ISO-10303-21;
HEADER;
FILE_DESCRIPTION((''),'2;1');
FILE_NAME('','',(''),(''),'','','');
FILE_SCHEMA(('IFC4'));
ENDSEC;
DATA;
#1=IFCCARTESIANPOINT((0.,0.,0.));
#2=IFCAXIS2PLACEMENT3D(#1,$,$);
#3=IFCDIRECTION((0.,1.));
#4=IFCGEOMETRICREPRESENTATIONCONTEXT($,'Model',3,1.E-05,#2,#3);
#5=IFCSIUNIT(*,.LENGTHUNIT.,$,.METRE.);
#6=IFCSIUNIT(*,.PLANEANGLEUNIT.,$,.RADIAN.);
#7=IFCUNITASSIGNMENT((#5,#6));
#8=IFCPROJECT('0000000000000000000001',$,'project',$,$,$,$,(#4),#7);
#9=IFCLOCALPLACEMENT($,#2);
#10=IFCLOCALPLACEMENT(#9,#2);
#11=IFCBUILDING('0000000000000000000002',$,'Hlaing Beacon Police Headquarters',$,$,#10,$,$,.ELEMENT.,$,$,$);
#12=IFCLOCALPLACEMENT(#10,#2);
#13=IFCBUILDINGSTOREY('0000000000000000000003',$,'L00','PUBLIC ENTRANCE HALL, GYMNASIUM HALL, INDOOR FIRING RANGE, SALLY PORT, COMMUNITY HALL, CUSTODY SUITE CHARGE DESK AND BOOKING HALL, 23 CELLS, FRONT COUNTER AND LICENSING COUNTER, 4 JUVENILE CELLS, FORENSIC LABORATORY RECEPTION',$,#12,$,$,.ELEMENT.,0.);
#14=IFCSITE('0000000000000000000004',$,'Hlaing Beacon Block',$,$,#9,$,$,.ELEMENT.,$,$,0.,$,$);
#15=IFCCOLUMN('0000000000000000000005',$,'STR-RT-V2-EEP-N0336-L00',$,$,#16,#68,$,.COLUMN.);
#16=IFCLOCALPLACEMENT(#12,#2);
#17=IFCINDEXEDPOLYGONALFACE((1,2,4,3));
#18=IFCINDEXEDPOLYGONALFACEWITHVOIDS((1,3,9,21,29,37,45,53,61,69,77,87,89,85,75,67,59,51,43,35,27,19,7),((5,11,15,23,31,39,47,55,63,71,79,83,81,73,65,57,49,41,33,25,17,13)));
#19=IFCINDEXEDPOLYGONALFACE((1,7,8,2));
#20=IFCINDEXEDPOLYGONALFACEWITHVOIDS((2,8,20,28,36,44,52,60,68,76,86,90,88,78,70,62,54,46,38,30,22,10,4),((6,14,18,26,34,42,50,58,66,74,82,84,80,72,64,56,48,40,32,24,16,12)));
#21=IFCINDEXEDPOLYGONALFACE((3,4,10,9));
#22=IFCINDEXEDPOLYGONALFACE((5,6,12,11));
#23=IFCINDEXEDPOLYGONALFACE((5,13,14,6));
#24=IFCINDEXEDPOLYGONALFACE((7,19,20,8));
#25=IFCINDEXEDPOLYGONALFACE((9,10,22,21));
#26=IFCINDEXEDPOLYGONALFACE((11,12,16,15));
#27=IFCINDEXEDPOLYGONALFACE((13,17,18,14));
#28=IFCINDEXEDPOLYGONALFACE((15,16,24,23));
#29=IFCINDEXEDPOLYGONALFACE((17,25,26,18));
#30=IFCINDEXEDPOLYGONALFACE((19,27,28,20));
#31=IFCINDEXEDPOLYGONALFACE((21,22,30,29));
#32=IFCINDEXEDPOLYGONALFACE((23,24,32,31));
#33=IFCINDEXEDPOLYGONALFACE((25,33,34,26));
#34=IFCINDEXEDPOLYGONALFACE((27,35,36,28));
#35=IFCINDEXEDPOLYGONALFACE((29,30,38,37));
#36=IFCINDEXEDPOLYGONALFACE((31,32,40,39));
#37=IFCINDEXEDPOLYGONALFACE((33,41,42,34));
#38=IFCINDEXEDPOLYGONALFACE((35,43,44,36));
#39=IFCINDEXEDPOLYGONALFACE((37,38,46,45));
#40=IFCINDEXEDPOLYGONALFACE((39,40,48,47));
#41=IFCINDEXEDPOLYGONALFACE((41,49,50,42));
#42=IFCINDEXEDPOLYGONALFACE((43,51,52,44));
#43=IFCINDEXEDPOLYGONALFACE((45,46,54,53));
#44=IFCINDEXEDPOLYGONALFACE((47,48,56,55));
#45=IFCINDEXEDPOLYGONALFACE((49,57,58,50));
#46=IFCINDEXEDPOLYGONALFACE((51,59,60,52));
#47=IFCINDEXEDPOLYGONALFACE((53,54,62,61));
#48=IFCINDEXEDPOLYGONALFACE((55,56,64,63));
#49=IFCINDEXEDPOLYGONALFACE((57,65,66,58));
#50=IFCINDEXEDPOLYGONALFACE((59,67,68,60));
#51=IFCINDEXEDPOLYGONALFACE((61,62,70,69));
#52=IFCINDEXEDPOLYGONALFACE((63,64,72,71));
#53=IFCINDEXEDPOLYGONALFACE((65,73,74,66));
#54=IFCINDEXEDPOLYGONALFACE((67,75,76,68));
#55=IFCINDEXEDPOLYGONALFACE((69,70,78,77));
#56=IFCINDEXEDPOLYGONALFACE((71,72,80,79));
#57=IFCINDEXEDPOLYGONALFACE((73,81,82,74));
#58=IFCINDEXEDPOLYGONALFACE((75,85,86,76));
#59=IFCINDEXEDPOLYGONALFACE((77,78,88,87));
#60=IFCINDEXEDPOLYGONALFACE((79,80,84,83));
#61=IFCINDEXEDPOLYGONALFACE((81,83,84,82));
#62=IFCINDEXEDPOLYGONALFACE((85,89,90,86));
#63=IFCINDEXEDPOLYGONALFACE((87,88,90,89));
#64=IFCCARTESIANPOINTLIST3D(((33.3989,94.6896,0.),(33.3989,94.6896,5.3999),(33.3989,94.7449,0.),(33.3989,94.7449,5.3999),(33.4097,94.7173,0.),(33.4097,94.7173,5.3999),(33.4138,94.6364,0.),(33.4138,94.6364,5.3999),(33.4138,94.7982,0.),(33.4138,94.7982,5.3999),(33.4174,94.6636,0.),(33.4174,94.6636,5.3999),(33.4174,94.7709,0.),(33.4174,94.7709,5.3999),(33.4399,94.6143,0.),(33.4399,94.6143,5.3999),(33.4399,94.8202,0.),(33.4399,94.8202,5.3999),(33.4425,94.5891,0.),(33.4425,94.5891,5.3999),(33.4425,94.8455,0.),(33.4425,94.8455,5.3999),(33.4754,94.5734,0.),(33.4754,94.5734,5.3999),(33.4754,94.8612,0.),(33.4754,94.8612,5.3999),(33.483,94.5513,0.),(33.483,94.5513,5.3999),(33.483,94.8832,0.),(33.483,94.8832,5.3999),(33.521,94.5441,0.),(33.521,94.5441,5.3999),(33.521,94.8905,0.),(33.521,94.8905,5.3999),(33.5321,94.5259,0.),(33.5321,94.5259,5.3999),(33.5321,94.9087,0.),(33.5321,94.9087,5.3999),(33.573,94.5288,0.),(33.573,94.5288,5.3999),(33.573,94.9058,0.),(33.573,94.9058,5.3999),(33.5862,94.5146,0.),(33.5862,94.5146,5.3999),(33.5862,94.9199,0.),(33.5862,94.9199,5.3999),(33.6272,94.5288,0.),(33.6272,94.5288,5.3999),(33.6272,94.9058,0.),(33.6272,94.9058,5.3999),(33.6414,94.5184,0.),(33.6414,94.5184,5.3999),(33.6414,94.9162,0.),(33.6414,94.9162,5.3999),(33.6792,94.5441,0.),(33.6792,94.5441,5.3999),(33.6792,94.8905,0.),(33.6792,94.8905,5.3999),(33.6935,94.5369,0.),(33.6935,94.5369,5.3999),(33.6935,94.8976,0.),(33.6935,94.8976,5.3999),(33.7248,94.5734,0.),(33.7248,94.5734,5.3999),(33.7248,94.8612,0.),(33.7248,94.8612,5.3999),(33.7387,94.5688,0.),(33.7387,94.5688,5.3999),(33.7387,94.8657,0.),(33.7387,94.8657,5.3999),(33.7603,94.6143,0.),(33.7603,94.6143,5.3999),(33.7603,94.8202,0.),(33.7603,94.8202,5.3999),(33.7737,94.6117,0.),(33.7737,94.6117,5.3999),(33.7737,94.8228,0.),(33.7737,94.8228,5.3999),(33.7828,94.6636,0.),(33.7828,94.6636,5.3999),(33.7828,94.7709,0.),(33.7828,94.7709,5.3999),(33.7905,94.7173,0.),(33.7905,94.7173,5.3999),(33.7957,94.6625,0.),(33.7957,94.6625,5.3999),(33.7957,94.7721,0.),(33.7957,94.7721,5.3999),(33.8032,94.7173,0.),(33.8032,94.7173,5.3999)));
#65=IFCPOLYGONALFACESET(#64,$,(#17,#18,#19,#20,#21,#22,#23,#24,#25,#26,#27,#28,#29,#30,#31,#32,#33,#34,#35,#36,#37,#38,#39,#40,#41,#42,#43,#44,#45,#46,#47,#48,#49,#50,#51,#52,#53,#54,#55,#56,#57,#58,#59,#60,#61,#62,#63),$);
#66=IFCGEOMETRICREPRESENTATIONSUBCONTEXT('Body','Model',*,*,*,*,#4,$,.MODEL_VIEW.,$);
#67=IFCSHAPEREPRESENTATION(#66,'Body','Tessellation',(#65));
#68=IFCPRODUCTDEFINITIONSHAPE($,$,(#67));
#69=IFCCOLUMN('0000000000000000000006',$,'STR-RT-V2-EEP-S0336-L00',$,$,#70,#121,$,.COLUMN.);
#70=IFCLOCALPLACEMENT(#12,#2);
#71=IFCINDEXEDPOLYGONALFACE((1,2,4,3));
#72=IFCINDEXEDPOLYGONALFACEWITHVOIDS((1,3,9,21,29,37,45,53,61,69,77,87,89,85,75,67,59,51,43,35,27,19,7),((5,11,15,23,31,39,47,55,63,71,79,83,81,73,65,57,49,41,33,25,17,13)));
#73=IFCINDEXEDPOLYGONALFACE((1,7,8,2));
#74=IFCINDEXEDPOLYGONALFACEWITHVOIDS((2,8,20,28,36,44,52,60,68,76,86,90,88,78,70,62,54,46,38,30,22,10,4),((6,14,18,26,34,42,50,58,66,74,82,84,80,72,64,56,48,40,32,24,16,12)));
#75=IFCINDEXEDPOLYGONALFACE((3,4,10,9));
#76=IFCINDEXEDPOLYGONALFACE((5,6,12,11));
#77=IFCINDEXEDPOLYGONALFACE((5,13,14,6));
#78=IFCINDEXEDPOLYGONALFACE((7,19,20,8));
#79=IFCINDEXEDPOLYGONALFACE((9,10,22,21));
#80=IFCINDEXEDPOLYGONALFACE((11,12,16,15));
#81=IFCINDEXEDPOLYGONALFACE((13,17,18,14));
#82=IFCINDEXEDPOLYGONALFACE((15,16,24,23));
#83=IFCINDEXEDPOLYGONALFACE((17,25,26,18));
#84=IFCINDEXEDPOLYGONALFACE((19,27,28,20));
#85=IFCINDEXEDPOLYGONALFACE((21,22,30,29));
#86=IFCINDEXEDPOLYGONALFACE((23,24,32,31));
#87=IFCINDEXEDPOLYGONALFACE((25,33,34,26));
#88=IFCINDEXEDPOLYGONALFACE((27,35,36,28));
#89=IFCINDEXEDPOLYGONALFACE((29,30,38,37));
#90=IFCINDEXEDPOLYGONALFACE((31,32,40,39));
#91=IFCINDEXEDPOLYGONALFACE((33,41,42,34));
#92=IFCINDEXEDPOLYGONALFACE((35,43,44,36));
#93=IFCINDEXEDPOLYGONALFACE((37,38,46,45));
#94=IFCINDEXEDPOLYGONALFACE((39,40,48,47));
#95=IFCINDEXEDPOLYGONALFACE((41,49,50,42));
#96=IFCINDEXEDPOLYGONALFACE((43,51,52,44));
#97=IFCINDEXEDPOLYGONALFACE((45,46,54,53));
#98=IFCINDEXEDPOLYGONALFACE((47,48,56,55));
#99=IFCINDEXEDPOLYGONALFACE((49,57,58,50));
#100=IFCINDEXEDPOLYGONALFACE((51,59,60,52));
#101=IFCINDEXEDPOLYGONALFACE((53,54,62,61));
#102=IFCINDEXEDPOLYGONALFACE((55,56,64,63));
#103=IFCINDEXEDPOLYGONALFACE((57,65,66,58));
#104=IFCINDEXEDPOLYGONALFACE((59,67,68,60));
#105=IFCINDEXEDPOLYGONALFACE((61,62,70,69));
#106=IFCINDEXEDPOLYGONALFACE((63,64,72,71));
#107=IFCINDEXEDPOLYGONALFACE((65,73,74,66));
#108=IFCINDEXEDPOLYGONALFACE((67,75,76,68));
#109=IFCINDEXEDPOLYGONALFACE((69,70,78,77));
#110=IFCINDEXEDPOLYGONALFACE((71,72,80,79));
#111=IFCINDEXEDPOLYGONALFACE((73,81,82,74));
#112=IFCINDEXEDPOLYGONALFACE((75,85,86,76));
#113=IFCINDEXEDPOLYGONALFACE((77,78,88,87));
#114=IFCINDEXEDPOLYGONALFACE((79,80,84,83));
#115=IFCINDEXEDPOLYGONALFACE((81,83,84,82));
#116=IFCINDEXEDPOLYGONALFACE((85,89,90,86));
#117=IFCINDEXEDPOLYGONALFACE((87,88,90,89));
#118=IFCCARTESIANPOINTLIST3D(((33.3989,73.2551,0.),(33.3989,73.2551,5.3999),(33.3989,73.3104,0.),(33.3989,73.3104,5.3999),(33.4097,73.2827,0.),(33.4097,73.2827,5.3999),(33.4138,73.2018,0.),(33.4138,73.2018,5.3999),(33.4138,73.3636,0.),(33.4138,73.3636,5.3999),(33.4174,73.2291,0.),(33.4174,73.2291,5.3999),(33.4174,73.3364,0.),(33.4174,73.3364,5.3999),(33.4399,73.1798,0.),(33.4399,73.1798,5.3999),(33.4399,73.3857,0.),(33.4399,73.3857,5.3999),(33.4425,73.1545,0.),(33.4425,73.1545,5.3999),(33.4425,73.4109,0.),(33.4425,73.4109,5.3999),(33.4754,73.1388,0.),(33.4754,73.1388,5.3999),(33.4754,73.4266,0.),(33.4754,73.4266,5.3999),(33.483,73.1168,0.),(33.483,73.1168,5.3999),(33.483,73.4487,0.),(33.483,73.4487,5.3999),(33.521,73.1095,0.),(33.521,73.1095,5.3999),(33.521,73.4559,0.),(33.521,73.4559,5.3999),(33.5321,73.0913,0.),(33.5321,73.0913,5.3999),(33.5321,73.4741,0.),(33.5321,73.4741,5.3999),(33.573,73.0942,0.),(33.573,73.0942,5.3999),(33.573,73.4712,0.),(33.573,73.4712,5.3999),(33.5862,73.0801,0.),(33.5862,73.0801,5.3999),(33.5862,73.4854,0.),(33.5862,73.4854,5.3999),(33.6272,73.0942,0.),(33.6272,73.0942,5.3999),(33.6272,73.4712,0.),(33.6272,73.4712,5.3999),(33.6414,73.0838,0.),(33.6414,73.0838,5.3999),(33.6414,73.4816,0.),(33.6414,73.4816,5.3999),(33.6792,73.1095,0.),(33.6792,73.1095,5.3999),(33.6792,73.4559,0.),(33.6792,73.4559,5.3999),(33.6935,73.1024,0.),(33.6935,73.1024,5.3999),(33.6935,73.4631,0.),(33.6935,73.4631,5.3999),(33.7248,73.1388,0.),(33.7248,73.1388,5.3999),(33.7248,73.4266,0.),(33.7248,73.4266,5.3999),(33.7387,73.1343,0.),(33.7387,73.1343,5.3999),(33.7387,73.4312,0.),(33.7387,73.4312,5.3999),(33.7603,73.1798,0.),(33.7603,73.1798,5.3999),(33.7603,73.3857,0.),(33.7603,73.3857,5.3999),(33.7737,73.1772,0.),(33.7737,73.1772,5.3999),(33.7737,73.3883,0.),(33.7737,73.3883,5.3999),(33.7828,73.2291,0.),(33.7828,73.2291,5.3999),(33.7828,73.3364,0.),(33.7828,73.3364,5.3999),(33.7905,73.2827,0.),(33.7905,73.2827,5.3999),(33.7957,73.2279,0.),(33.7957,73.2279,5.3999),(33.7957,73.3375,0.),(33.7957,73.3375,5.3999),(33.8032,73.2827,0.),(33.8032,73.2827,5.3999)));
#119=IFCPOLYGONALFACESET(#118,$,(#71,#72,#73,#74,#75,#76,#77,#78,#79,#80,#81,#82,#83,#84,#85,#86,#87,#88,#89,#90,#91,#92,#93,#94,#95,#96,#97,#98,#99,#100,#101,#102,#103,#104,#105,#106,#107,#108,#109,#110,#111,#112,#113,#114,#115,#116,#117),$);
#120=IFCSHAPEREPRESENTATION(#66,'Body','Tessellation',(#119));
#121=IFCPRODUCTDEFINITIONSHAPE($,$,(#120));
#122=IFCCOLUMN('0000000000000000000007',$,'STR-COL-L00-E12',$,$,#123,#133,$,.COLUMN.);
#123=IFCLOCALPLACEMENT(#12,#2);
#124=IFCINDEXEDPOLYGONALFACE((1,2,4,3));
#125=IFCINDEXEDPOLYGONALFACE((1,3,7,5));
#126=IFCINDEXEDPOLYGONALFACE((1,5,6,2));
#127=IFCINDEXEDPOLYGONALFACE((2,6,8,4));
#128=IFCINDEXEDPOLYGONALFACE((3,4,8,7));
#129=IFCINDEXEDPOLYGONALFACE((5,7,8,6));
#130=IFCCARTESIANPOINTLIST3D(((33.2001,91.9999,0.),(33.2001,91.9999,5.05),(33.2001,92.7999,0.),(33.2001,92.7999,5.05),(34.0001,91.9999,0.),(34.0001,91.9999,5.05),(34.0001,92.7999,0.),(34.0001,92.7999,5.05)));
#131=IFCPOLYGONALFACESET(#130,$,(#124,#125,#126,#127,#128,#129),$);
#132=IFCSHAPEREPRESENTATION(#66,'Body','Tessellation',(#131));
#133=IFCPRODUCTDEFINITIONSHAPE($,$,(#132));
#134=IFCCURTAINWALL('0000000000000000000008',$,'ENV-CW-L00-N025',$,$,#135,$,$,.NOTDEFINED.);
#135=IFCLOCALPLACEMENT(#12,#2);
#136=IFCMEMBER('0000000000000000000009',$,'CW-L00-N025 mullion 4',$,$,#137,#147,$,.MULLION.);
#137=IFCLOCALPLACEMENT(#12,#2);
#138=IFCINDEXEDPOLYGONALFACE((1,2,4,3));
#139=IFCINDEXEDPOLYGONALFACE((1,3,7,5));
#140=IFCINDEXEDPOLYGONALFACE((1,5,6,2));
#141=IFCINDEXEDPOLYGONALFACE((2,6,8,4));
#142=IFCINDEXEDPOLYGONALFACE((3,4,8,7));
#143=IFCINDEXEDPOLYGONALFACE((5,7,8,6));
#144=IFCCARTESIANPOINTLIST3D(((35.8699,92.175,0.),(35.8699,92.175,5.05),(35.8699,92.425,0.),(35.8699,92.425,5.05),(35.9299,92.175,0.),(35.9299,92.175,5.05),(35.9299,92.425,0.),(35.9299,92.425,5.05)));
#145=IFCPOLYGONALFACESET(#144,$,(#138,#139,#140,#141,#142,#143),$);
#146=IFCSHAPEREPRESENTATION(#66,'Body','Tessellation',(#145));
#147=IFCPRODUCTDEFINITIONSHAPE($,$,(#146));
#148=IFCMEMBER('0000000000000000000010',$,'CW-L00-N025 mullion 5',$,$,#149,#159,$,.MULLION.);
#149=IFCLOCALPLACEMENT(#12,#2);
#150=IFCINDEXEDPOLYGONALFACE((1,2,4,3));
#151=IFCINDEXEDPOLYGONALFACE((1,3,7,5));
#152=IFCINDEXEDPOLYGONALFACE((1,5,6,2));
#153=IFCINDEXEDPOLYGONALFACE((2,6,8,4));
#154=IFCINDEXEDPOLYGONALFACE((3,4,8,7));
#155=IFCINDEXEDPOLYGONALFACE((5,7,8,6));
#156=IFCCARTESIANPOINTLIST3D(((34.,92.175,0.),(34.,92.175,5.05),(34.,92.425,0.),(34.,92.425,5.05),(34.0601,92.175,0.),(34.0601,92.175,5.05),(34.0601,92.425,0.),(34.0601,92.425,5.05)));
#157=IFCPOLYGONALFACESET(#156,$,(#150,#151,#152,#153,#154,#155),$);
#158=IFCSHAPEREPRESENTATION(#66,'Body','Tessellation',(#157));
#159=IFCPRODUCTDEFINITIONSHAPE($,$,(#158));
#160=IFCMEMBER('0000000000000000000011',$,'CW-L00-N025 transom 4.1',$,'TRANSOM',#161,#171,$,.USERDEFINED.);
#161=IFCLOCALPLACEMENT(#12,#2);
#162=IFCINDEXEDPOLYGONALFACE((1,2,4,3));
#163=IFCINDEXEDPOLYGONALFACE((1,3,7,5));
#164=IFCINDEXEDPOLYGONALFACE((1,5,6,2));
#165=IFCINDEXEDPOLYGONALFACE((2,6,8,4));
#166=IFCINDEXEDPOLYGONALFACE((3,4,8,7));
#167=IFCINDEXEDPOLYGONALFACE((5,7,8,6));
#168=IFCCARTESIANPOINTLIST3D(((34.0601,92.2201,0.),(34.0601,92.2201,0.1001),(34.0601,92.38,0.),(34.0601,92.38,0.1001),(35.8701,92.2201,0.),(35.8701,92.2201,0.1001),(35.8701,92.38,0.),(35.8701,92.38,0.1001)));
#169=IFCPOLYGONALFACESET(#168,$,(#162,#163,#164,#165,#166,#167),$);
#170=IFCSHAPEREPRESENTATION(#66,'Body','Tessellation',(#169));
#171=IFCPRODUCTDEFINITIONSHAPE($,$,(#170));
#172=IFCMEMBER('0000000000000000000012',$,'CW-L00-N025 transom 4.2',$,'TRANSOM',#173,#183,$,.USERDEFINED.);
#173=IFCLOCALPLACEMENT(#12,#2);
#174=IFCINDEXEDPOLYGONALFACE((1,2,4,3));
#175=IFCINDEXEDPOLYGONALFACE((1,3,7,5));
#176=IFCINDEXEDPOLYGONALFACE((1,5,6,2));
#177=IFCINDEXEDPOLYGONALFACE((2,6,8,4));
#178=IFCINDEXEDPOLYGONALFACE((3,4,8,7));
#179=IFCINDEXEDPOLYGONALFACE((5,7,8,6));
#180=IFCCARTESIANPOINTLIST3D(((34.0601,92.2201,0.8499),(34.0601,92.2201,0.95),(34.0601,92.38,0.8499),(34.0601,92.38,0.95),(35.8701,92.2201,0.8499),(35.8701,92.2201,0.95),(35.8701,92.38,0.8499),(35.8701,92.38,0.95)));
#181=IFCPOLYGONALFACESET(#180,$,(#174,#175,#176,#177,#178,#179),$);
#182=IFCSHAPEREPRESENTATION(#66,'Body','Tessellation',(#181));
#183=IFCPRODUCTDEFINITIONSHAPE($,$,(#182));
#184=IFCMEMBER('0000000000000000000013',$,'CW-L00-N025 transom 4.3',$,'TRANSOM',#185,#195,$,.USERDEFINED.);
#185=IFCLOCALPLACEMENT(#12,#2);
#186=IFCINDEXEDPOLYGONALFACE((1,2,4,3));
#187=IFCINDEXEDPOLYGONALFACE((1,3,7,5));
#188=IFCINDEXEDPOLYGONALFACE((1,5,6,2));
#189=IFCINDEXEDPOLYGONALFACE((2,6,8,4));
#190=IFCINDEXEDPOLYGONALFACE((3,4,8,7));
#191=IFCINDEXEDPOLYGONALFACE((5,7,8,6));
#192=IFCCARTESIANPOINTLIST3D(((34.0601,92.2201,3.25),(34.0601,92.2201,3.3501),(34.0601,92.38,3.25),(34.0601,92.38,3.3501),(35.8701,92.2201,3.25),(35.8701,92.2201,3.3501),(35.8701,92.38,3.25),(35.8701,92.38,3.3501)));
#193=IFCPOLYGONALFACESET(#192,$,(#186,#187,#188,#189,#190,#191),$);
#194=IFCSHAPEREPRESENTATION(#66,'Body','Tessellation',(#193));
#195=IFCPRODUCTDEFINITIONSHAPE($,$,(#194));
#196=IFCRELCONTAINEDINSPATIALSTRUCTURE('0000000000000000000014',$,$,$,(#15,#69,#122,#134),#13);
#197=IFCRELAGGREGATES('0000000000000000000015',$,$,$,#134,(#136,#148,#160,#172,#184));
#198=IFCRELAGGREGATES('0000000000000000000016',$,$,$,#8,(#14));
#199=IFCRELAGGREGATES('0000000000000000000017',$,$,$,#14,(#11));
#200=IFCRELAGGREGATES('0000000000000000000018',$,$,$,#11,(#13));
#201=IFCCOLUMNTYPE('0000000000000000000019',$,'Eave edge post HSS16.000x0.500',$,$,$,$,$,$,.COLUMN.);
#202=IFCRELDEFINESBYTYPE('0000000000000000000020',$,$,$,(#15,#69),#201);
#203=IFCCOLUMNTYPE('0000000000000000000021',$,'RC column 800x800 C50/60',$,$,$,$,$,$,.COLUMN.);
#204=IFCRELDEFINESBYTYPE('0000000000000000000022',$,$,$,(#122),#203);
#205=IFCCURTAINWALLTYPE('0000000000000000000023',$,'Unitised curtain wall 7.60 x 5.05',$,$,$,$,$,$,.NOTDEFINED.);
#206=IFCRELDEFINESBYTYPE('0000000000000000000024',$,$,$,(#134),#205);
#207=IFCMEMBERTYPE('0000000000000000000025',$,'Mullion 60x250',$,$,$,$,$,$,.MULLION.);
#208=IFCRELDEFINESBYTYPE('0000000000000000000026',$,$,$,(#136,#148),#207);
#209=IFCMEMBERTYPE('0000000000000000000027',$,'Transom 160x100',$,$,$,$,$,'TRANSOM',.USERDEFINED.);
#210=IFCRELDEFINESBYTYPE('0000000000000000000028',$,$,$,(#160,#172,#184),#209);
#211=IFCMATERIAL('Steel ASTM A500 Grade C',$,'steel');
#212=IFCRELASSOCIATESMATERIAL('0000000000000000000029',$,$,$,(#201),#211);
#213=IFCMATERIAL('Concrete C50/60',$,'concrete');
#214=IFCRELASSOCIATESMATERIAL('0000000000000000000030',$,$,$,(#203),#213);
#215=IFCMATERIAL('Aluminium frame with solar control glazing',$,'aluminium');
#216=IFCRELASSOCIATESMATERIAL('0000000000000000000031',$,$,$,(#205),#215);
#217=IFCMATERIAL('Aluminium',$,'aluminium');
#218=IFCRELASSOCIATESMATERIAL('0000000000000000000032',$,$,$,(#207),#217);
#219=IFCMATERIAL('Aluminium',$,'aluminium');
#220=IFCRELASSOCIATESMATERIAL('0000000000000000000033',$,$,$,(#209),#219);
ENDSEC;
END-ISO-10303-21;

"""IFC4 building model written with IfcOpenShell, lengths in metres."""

from ifc_helpers import new_model, si_unit, direction, frame, origin, origin_2d, place, context, subcontext, project, spatial, rectangle, hollow_circle, extrude, material, material_profile, profile_set, type_object, element, aggregate, save


model = new_model("IFC4")

# Units and contexts
model_context = context("Model", 3, precision=1e-05, world=origin(), true_north=direction((0.0, 1.0)))
body_context = subcontext(model_context, "Body", "Model", "MODEL_VIEW")
ifc_project = project(units=[si_unit("LENGTHUNIT", "METRE"), si_unit("PLANEANGLEUNIT", "RADIAN")], contexts=[model_context])

# Site, building, storey
site_placement = place(None, origin())
site = spatial("IfcSite", under=ifc_project, at=site_placement, Name="Hlaing Beacon Block", CompositionType="ELEMENT", RefElevation=0.0)
building_placement = place(site_placement, origin())
building = spatial("IfcBuilding", under=site, at=building_placement, Name="Hlaing Beacon Police Headquarters", CompositionType="ELEMENT")
storey_placement = place(building_placement, origin())
storey = spatial("IfcBuildingStorey", under=building, at=storey_placement, Name="L00", Description="PUBLIC ENTRANCE HALL, GYMNASIUM HALL, INDOOR FIRING RANGE, SALLY PORT, COMMUNITY HALL, CUSTODY SUITE CHARGE DESK AND BOOKING HALL, 23 CELLS, FRONT COUNTER AND LICENSING COUNTER, 4 JUVENILE CELLS, FORENSIC LABORATORY RECEPTION", CompositionType="ELEMENT", Elevation=0.0)

# Columns
ifc_material_1 = material(Name="Steel ASTM A500 Grade C", Category="steel")
ifc_material_profile_1 = material_profile(ifc_material_1, hollow_circle(Radius=0.2031, WallThickness=0.0127, at=origin_2d()), Name="HSS16.000x0.500")
ifc_profile_set_1 = profile_set([ifc_material_profile_1], Name="Steel ASTM A500 Grade C")
column_type_1 = type_object("IfcColumnType", Name="Eave edge post HSS16.000x0.500", PredefinedType="COLUMN", material=ifc_profile_set_1)
for number, where, z_axis, x_axis, name in (
    (1, (33.6001, 94.7173, 0.0), (0.0, 0.0, 1.0), (1.0, 0.0, 0.0), "STR-RT-V2-EEP-N0336-L00"),
    (2, (33.6001, 73.2827, 0.0), (0.0, 0.0, 1.0), (1.0, 0.0, 0.0), "STR-RT-V2-EEP-S0336-L00"),
):
    element("IfcColumn", number, at=place(storey_placement, frame(where, z_axis=z_axis, x_axis=x_axis)), inside=storey, type_object=column_type_1, Name=name, PredefinedType="COLUMN", context=body_context, shape_type="SweptSolid", body=[
        extrude(hollow_circle(Radius=0.2031, WallThickness=0.0127, at=origin_2d()), origin(), (0.0, 0.0, 1.0), 5.3999),
    ])
ifc_material_2 = material(Name="Concrete C50/60", Category="concrete")
ifc_material_profile_2 = material_profile(ifc_material_2, rectangle(XDim=0.8, YDim=0.8, at=origin_2d()), Name="800x800")
ifc_profile_set_2 = profile_set([ifc_material_profile_2], Name="Concrete C50/60")
column_type_2 = type_object("IfcColumnType", Name="RC column 800x800 C50/60", PredefinedType="COLUMN", material=ifc_profile_set_2)
column_placement = place(storey_placement, frame((33.6001, 92.3999, 0.0), z_axis=(0.0, 0.0, 1.0), x_axis=(1.0, 0.0, 0.0)))
element("IfcColumn", 3, at=column_placement, inside=storey, type_object=column_type_2, Name="STR-COL-L00-E12", PredefinedType="COLUMN", context=body_context, shape_type="SweptSolid", body=[
    extrude(rectangle(XDim=0.8, YDim=0.8, at=origin_2d()), origin(), (0.0, 0.0, 1.0), 5.05),
])

# Curtain wall, members
ifc_material_3 = material(Name="Aluminium frame with solar control glazing", Category="aluminium")
curtain_wall_type = type_object("IfcCurtainWallType", Name="Unitised curtain wall 7.60 x 5.05", PredefinedType="NOTDEFINED", material=ifc_material_3)
curtain_wall_placement = place(storey_placement, origin())
curtain_wall = element("IfcCurtainWall", 4, at=curtain_wall_placement, inside=storey, type_object=curtain_wall_type, Name="ENV-CW-L00-N025", PredefinedType="NOTDEFINED")
ifc_material_4 = material(Name="Aluminium", Category="aluminium")
ifc_material_profile_3 = material_profile(ifc_material_4, rectangle(XDim=0.25, YDim=0.0601, at=origin_2d()), Name="Mullion 60x250")
ifc_profile_set_3 = profile_set([ifc_material_profile_3], Name="Aluminium")
member_type_1 = type_object("IfcMemberType", Name="Mullion 60x250", PredefinedType="MULLION", material=ifc_profile_set_3)
member_1_placement = place(storey_placement, frame((35.8999, 92.3, 0.0), z_axis=(0.0, 0.0, 1.0), x_axis=(0.0, -1.0, 0.0)))
member_1 = element("IfcMember", 5, at=member_1_placement, type_object=member_type_1, Name="CW-L00-N025 mullion 4", PredefinedType="MULLION", context=body_context, shape_type="SweptSolid", body=[
    extrude(rectangle(XDim=0.25, YDim=0.0601, at=origin_2d()), origin(), (0.0, 0.0, 1.0), 5.05),
])
member_2_placement = place(storey_placement, frame((34.03, 92.3, 0.0), z_axis=(0.0, 0.0, 1.0), x_axis=(0.0, -1.0, 0.0)))
member_2 = element("IfcMember", 6, at=member_2_placement, type_object=member_type_1, Name="CW-L00-N025 mullion 5", PredefinedType="MULLION", context=body_context, shape_type="SweptSolid", body=[
    extrude(rectangle(XDim=0.25, YDim=0.0601, at=origin_2d()), origin(), (0.0, 0.0, 1.0), 5.05),
])
ifc_material_5 = material(Name="Aluminium", Category="aluminium")
ifc_material_profile_4 = material_profile(ifc_material_5, rectangle(XDim=0.1599, YDim=0.1001, at=origin_2d()), Name="Transom 160x100")
ifc_profile_set_4 = profile_set([ifc_material_profile_4], Name="Aluminium")
member_type_2 = type_object("IfcMemberType", Name="Transom 160x100", ElementType="TRANSOM", PredefinedType="USERDEFINED", material=ifc_profile_set_4)
member_3_placement = place(storey_placement, frame((35.8701, 92.3, 0.05), z_axis=(-1.0, 0.0, 0.0), x_axis=(0.0, -1.0, 0.0)))
member_3 = element("IfcMember", 7, at=member_3_placement, type_object=member_type_2, Name="CW-L00-N025 transom 4.1", ObjectType="TRANSOM", PredefinedType="USERDEFINED", context=body_context, shape_type="SweptSolid", body=[
    extrude(rectangle(XDim=0.1599, YDim=0.1001, at=origin_2d()), origin(), (0.0, 0.0, 1.0), 1.8101),
])
member_4_placement = place(storey_placement, frame((35.8701, 92.3, 0.8999), z_axis=(-1.0, 0.0, 0.0), x_axis=(0.0, -1.0, 0.0)))
member_4 = element("IfcMember", 8, at=member_4_placement, type_object=member_type_2, Name="CW-L00-N025 transom 4.2", ObjectType="TRANSOM", PredefinedType="USERDEFINED", context=body_context, shape_type="SweptSolid", body=[
    extrude(rectangle(XDim=0.1599, YDim=0.1001, at=origin_2d()), origin(), (0.0, 0.0, 1.0), 1.8101),
])
member_5_placement = place(storey_placement, frame((35.8701, 92.3, 3.3), z_axis=(-1.0, 0.0, 0.0), x_axis=(0.0, -1.0, 0.0)))
member_5 = element("IfcMember", 9, at=member_5_placement, type_object=member_type_2, Name="CW-L00-N025 transom 4.3", ObjectType="TRANSOM", PredefinedType="USERDEFINED", context=body_context, shape_type="SweptSolid", body=[
    extrude(rectangle(XDim=0.1599, YDim=0.1001, at=origin_2d()), origin(), (0.0, 0.0, 1.0), 1.8101),
])
aggregate(curtain_wall, [member_1, member_2, member_3, member_4, member_5])

save(model, "model.ifc")
